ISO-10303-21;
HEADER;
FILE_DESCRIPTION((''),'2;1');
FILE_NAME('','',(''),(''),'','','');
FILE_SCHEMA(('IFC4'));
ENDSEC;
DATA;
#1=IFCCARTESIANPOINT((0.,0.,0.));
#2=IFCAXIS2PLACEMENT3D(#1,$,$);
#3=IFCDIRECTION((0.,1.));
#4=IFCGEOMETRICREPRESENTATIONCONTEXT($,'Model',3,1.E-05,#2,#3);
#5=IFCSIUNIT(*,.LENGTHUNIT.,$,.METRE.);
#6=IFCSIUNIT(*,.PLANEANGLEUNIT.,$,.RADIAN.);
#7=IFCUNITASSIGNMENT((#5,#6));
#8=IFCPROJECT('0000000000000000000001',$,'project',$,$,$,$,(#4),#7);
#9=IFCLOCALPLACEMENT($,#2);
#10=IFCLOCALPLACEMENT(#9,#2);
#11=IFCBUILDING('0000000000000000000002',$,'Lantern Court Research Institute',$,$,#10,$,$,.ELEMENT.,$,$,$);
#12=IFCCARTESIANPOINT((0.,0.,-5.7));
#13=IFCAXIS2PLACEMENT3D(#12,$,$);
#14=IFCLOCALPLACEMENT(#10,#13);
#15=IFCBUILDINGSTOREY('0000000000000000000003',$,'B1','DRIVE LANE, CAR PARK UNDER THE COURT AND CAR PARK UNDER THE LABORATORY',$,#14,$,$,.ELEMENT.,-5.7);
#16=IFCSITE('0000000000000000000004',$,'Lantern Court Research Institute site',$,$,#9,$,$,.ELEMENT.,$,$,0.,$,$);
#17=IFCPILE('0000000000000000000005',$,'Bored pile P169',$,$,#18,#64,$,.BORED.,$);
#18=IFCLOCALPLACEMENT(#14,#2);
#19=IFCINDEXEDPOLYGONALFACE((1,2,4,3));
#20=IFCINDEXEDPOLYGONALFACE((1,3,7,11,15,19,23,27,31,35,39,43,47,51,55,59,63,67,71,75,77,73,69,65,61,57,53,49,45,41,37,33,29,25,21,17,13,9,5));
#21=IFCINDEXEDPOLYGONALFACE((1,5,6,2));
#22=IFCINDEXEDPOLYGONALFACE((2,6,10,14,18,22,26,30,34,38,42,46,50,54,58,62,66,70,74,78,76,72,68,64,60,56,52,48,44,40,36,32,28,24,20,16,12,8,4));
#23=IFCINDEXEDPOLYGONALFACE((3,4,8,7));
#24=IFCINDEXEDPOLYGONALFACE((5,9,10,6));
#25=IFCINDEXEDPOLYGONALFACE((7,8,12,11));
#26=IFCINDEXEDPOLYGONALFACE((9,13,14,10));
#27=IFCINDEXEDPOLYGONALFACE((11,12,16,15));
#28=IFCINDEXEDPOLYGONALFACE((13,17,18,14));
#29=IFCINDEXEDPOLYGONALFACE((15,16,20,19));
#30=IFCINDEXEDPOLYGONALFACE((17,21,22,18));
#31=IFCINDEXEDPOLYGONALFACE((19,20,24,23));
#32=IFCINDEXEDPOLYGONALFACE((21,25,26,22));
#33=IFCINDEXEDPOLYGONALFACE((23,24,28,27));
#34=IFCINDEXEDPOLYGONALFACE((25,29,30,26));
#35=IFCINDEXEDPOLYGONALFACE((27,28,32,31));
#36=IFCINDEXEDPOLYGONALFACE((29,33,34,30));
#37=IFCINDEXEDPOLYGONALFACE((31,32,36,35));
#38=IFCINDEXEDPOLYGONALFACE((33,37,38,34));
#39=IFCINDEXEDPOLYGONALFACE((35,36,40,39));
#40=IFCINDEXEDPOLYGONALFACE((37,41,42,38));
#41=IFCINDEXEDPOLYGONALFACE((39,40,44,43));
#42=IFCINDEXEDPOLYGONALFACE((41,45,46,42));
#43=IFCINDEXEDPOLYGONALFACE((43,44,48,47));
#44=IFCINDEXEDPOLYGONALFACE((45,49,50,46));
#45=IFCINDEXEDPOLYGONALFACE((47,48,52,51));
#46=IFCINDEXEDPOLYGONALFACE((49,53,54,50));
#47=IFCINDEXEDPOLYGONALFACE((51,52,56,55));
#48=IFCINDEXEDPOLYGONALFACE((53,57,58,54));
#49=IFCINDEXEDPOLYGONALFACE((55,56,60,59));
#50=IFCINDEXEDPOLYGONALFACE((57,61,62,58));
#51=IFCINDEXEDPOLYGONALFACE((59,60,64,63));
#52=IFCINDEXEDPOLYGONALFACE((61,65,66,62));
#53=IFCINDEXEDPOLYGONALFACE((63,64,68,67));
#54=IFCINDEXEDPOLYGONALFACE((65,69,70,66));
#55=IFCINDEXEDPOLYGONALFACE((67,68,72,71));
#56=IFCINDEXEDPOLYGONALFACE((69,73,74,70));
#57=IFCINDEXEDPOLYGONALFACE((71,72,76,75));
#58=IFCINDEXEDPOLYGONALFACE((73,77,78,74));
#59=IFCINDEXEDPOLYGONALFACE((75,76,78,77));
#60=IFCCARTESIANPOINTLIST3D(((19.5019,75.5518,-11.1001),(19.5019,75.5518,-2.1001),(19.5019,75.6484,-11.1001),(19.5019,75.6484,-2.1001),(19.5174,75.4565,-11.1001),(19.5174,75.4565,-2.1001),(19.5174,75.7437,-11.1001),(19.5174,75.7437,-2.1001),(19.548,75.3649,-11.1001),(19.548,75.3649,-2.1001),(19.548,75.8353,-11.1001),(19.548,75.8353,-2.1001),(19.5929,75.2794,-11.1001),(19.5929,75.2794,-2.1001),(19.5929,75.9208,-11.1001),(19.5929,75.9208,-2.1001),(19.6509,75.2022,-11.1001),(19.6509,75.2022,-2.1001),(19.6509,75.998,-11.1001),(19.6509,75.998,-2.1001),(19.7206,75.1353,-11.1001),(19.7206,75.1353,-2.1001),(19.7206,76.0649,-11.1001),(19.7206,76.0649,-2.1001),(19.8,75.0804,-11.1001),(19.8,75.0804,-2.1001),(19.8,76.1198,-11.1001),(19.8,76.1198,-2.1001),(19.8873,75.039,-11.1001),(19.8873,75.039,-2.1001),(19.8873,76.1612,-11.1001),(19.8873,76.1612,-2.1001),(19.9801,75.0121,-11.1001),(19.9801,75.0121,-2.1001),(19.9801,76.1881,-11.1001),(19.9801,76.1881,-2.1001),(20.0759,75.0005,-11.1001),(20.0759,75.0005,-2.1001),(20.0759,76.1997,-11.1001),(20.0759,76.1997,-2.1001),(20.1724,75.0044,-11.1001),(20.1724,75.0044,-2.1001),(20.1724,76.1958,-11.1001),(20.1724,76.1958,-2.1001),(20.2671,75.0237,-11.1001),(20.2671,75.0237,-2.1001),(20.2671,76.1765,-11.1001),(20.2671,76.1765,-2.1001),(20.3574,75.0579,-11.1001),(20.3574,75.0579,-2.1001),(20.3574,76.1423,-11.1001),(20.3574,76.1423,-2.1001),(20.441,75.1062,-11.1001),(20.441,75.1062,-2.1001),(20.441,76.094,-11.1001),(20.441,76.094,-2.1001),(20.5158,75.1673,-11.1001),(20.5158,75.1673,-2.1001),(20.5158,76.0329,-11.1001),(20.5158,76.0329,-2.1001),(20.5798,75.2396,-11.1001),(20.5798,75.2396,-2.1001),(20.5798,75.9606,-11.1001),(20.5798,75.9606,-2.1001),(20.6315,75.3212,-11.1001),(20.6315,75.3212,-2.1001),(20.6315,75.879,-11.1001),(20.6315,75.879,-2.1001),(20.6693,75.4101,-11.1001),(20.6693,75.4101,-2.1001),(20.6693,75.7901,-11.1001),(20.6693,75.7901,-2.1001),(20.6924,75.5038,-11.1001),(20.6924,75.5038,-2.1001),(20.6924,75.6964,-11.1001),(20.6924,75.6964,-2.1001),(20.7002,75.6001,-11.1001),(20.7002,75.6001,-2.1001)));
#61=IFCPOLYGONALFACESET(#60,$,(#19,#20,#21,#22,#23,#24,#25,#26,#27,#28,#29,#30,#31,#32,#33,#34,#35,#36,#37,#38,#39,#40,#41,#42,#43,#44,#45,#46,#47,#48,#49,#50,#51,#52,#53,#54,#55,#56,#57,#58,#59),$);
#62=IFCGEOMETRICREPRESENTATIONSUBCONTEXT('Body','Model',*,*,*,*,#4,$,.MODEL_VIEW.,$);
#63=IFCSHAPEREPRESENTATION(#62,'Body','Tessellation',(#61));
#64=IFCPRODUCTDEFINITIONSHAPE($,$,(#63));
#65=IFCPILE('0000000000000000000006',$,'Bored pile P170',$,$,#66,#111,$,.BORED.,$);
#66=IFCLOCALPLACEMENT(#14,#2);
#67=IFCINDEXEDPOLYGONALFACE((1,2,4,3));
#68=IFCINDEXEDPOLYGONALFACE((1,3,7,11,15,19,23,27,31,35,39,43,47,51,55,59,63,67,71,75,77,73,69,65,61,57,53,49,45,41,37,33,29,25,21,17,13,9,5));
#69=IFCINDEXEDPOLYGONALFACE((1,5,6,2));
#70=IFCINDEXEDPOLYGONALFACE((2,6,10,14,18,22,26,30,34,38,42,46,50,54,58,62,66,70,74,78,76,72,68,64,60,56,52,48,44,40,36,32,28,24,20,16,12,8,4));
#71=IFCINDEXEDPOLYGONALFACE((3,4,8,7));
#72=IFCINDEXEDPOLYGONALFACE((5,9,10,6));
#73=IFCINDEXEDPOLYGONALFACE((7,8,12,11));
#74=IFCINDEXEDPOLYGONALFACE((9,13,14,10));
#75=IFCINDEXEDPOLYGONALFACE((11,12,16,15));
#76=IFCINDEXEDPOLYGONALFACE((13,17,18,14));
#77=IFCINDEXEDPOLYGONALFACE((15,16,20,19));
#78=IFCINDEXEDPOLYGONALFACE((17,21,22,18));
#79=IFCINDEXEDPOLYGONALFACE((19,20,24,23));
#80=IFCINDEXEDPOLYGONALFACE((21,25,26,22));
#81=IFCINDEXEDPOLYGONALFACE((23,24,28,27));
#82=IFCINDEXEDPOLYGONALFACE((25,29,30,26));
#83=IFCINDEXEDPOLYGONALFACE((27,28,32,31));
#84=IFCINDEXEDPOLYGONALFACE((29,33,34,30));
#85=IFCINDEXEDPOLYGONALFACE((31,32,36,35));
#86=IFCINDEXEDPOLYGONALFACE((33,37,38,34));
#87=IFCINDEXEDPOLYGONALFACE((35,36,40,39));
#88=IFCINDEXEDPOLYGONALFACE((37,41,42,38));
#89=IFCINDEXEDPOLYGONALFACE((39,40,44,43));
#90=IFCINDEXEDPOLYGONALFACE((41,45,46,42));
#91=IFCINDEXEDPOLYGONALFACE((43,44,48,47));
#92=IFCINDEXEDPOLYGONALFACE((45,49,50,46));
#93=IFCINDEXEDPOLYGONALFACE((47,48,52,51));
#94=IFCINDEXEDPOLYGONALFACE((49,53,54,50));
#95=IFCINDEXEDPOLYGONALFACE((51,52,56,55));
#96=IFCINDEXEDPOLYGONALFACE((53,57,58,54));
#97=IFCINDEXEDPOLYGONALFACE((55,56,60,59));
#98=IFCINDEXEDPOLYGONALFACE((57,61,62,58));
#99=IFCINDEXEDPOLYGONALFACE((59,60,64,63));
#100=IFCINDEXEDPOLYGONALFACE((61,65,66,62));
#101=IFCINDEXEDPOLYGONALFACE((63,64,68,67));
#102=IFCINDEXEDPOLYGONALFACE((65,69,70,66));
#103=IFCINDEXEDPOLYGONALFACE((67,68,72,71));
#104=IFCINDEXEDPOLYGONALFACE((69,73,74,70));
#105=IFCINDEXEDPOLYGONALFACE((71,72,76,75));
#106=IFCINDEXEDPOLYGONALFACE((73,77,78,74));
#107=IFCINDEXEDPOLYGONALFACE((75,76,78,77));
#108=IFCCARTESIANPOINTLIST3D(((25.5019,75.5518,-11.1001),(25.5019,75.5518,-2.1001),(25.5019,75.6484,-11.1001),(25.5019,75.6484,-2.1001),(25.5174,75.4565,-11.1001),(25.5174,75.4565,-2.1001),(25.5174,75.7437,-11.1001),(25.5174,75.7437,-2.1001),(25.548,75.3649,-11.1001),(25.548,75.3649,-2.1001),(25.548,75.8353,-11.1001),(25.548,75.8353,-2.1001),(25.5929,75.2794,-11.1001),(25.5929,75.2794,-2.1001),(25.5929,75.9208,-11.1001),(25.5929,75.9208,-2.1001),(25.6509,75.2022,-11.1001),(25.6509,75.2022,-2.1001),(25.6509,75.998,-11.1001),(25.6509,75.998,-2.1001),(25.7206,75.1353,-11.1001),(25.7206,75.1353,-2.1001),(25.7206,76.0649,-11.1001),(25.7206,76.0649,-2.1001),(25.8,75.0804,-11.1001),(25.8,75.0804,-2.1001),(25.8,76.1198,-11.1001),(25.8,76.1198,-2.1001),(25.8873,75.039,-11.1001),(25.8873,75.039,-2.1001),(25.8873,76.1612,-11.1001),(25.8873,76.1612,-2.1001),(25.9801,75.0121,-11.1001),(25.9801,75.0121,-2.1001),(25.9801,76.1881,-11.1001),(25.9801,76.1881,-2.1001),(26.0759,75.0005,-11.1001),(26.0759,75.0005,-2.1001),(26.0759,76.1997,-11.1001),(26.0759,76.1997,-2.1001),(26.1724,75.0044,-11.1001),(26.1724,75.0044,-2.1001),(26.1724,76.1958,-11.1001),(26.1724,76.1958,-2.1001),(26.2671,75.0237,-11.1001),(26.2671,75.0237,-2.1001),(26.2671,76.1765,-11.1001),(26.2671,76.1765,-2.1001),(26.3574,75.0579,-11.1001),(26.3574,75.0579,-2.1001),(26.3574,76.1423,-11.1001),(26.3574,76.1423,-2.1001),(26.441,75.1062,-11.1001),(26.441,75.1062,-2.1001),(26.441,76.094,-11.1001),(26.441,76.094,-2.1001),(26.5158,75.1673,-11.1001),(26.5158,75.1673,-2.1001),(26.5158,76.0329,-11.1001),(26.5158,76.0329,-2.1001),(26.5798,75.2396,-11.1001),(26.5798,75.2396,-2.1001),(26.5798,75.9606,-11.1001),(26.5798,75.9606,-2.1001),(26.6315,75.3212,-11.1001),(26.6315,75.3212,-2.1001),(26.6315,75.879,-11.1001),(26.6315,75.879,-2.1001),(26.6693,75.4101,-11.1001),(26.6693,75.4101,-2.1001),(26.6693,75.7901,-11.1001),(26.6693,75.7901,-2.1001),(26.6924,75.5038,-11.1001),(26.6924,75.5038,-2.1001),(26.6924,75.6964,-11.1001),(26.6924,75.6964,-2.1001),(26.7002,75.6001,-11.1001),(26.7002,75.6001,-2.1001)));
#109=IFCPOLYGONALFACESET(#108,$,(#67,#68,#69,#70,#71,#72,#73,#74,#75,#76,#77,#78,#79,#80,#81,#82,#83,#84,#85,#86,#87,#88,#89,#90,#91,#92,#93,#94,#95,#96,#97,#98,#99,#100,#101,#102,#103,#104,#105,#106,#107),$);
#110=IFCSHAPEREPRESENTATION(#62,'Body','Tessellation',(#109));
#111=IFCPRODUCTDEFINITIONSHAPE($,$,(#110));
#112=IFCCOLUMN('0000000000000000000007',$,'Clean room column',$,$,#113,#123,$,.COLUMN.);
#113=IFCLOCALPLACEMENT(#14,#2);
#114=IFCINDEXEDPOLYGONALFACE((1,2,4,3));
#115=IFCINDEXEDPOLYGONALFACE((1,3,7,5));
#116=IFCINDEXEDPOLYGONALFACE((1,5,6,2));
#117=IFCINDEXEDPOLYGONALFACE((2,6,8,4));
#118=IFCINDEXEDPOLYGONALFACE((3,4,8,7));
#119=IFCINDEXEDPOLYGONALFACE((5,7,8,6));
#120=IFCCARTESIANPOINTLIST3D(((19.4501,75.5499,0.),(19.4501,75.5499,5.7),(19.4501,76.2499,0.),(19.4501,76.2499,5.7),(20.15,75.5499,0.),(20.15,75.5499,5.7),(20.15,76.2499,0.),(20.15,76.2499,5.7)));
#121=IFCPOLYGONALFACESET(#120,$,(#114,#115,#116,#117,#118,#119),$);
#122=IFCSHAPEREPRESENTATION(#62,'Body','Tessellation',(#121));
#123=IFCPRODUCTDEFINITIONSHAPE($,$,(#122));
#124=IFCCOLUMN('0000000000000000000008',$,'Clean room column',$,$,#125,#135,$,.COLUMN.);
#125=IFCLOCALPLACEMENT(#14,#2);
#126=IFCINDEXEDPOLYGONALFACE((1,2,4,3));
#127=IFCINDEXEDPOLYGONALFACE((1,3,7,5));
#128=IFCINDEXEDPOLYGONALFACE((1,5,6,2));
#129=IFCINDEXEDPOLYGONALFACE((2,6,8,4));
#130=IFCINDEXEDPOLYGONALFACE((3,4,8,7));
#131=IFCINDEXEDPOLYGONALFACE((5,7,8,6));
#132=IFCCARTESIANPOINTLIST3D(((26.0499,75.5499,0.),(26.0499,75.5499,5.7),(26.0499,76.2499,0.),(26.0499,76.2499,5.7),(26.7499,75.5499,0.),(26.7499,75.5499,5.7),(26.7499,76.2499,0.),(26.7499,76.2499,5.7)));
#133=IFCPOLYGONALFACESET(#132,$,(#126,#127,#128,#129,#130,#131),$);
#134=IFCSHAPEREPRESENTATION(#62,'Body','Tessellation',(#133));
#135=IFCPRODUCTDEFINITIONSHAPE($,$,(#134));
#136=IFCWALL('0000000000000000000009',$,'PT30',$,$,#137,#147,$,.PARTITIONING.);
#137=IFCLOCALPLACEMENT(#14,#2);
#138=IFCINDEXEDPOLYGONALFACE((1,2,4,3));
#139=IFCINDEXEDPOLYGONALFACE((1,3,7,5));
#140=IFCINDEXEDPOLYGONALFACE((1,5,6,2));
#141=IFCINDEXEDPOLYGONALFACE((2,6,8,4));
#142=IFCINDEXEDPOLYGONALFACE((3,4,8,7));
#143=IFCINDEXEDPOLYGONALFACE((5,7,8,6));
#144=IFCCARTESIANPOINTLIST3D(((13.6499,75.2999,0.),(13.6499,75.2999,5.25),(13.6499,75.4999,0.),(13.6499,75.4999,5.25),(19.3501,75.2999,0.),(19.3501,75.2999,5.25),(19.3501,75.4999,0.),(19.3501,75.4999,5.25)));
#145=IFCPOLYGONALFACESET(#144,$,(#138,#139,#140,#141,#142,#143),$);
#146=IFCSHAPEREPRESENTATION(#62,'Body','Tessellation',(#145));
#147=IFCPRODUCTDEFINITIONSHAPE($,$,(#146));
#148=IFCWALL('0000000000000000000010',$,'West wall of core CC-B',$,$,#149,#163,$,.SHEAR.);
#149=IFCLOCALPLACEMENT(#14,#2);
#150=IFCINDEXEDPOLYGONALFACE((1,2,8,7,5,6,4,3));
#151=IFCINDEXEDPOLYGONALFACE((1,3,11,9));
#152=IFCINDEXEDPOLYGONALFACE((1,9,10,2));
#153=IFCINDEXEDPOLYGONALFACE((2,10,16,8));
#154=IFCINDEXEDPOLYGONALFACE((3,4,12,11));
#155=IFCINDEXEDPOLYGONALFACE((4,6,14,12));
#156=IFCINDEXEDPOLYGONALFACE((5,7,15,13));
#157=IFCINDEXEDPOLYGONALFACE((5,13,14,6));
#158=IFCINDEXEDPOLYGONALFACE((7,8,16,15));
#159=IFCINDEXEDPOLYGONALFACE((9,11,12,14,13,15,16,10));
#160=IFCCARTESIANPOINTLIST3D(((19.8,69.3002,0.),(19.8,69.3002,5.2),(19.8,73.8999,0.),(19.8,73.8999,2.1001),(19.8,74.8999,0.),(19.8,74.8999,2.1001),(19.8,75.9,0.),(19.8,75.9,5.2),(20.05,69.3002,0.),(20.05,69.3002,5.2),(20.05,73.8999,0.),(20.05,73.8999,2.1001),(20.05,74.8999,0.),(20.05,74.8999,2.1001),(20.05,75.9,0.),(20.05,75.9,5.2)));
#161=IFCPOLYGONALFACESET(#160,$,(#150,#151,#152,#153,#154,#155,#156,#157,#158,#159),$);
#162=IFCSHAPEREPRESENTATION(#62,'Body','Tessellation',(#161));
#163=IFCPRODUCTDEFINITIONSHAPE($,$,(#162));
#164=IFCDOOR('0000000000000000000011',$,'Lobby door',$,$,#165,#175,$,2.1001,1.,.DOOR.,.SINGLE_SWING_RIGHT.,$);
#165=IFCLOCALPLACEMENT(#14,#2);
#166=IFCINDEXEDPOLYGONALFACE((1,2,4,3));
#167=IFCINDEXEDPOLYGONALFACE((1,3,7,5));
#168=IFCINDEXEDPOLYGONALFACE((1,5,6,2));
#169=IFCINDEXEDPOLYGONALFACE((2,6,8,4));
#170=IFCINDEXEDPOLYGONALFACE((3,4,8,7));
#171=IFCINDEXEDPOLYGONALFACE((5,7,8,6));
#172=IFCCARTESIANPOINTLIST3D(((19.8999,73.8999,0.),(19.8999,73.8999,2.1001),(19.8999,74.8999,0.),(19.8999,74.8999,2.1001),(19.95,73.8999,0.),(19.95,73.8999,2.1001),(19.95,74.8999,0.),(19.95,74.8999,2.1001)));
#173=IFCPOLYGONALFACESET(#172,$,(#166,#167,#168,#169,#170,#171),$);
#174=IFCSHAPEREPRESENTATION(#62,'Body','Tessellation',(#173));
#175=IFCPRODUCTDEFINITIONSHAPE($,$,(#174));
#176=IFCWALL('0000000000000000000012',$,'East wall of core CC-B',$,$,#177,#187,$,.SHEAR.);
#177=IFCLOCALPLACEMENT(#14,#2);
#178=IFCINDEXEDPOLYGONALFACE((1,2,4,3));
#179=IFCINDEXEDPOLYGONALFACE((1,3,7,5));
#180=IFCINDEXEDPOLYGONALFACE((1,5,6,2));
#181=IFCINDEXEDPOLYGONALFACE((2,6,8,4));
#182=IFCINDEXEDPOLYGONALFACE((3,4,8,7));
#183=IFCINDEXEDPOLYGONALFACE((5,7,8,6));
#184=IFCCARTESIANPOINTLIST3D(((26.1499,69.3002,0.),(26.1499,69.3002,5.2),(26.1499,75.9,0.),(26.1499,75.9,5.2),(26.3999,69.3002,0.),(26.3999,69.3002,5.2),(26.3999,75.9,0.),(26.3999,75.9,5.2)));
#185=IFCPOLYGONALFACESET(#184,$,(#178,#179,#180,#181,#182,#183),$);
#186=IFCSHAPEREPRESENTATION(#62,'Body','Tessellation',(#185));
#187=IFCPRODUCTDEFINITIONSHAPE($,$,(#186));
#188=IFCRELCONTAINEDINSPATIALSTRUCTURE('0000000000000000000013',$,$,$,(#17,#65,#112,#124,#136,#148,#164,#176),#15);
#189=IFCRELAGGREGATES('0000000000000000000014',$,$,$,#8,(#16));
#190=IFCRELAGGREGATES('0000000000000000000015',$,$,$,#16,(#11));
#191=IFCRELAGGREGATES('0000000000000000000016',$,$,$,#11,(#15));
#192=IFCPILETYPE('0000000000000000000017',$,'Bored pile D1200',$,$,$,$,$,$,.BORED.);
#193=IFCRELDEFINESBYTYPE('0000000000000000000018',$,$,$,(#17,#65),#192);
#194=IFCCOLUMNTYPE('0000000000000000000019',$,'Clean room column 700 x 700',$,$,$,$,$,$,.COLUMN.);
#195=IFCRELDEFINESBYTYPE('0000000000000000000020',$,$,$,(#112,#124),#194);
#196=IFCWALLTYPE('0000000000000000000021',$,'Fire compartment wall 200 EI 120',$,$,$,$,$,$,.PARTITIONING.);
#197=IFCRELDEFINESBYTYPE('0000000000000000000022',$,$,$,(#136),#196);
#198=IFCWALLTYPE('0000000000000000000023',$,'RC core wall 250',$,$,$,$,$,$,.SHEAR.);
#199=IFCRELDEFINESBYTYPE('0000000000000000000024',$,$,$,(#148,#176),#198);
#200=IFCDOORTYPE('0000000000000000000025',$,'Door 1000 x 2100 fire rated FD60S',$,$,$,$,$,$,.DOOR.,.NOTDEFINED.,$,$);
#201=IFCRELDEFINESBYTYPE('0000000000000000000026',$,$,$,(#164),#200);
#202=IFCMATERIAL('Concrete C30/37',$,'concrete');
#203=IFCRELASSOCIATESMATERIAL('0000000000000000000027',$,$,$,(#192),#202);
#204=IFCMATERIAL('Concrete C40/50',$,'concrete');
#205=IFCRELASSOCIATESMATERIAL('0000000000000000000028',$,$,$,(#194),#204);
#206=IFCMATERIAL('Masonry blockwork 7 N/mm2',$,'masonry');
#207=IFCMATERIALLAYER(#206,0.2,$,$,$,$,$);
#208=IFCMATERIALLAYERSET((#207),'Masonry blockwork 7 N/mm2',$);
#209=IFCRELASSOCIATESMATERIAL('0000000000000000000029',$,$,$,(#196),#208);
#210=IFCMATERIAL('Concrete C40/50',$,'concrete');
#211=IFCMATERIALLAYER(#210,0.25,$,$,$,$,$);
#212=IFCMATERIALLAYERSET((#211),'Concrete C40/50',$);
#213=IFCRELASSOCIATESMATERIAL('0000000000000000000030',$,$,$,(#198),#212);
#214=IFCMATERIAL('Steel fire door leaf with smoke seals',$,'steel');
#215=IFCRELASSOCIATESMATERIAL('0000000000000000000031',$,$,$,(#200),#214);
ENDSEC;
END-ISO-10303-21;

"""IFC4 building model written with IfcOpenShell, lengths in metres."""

from ifc_helpers import new_model, si_unit, direction, frame, frame_2d, origin, origin_2d, place, context, subcontext, project, spatial, rectangle, circle, extrude, material, layer, layer_set, material_profile, profile_set, type_object, element, fill, save


model = new_model("IFC4")

# Units and contexts
model_context = context("Model", 3, precision=1e-05, world=origin(), true_north=direction((0.0, 1.0)))
body_context = subcontext(model_context, "Body", "Model", "MODEL_VIEW")
ifc_project = project(units=[si_unit("LENGTHUNIT", "METRE"), si_unit("PLANEANGLEUNIT", "RADIAN")], contexts=[model_context])

# Site, building, storey
site_placement = place(None, origin())
site = spatial("IfcSite", under=ifc_project, at=site_placement, Name="Lantern Court Research Institute site", CompositionType="ELEMENT", RefElevation=0.0)
building_placement = place(site_placement, origin())
building = spatial("IfcBuilding", under=site, at=building_placement, Name="Lantern Court Research Institute", CompositionType="ELEMENT")
storey_placement = place(building_placement, frame((0.0, 0.0, -5.7)))
storey = spatial("IfcBuildingStorey", under=building, at=storey_placement, Name="B1", Description="DRIVE LANE, CAR PARK UNDER THE COURT AND CAR PARK UNDER THE LABORATORY", CompositionType="ELEMENT", Elevation=-5.7)

# Piles
ifc_material_1 = material(Name="Concrete C30/37", Category="concrete")
ifc_material_profile_1 = material_profile(ifc_material_1, circle(Radius=0.6001, at=origin_2d()), Name="Bored pile D1200")
ifc_profile_set_1 = profile_set([ifc_material_profile_1], Name="Concrete C30/37")
pile_type = type_object("IfcPileType", Name="Bored pile D1200", PredefinedType="BORED", material=ifc_profile_set_1)
for number, where, z_axis, x_axis, name in (
    (1, (20.1001, 75.6001, -2.1001), (0.0, 0.0, -1.0), (1.0, 0.0, 0.0), "Bored pile P169"),
    (2, (26.1001, 75.6001, -2.1001), (0.0, 0.0, -1.0), (1.0, 0.0, 0.0), "Bored pile P170"),
):
    element("IfcPile", number, at=place(storey_placement, frame(where, z_axis=z_axis, x_axis=x_axis)), inside=storey, type_object=pile_type, Name=name, PredefinedType="BORED", context=body_context, shape_type="SweptSolid", body=[
        extrude(circle(Radius=0.6001, at=origin_2d()), origin(), (0.0, 0.0, 1.0), 9.0),
    ])

# Columns
ifc_material_2 = material(Name="Concrete C40/50", Category="concrete")
ifc_material_profile_2 = material_profile(ifc_material_2, rectangle(XDim=0.7, YDim=0.7, at=origin_2d()), Name="Clean room column 700 x 700")
ifc_profile_set_2 = profile_set([ifc_material_profile_2], Name="Concrete C40/50")
column_type = type_object("IfcColumnType", Name="Clean room column 700 x 700", PredefinedType="COLUMN", material=ifc_profile_set_2)
for number, where, z_axis, x_axis, name in (
    (3, (19.8, 75.8999, 0.0), (0.0, 0.0, 1.0), (1.0, 0.0, 0.0), "Clean room column"),
    (4, (26.3999, 75.8999, 0.0), (0.0, 0.0, 1.0), (1.0, 0.0, 0.0), "Clean room column"),
):
    element("IfcColumn", number, at=place(storey_placement, frame(where, z_axis=z_axis, x_axis=x_axis)), inside=storey, type_object=column_type, Name=name, PredefinedType="COLUMN", context=body_context, shape_type="SweptSolid", body=[
        extrude(rectangle(XDim=0.7, YDim=0.7, at=origin_2d()), origin(), (0.0, 0.0, 1.0), 5.7),
    ])

# Wall
ifc_material_3 = material(Name="Masonry blockwork 7 N/mm2", Category="masonry")
ifc_layer_1 = layer(ifc_material_3, 0.2)
ifc_layer_set_1 = layer_set([ifc_layer_1], Name="Masonry blockwork 7 N/mm2")
wall_type_1 = type_object("IfcWallType", Name="Fire compartment wall 200 EI 120", PredefinedType="PARTITIONING", material=ifc_layer_set_1)
wall_1_placement = place(storey_placement, frame((13.6499, 75.3999, 0.0), z_axis=(0.0, 0.0, 1.0), x_axis=(1.0, 0.0, 0.0)))
element("IfcWall", 5, at=wall_1_placement, inside=storey, type_object=wall_type_1, Name="PT30", PredefinedType="PARTITIONING", context=body_context, shape_type="SweptSolid", body=[
    extrude(rectangle(XDim=5.7002, YDim=0.2, at=frame_2d((2.8501, 0.0))), origin(), (0.0, 0.0, 1.0), 5.25),
])

# Wall, opening, door
ifc_material_4 = material(Name="Concrete C40/50", Category="concrete")
ifc_layer_2 = layer(ifc_material_4, 0.25)
ifc_layer_set_2 = layer_set([ifc_layer_2], Name="Concrete C40/50")
wall_type_2 = type_object("IfcWallType", Name="RC core wall 250", PredefinedType="SHEAR", material=ifc_layer_set_2)
wall_2_placement = place(storey_placement, frame((19.925, 75.8999, 0.0), z_axis=(0.0, 0.0, 1.0), x_axis=(0.0, -1.0, 0.0)))
wall_2 = element("IfcWall", 6, at=wall_2_placement, inside=storey, type_object=wall_type_2, Name="West wall of core CC-B", PredefinedType="SHEAR", context=body_context, shape_type="SweptSolid", body=[
    extrude(rectangle(XDim=6.5999, YDim=0.25, at=frame_2d((3.2998, 0.0))), origin(), (0.0, 0.0, 1.0), 5.2),
])
opening_1_placement = place(wall_2_placement, frame((1.0, 0.0, 0.0)))
opening_1 = element("IfcOpeningElement", 7, at=opening_1_placement, cuts=wall_2, PredefinedType="OPENING", context=body_context, shape_type="SweptSolid", body=[
    extrude(rectangle(XDim=1.0, YDim=2.1001, at=frame_2d((0.5, 1.05))), frame((0.0, 0.135, 0.0), z_axis=(0.0, -1.0, 0.0), x_axis=(1.0, 0.0, 0.0)), (0.0, 0.0, 1.0), 0.27),
])
ifc_material_5 = material(Name="Steel fire door leaf with smoke seals", Category="steel")
door_type = type_object("IfcDoorType", Name="Door 1000 x 2100 fire rated FD60S", OperationType="NOTDEFINED", PredefinedType="DOOR", material=ifc_material_5)
door_1_placement = place(opening_1_placement, origin())
door_1 = element("IfcDoor", 8, at=door_1_placement, inside=storey, type_object=door_type, Name="Lobby door", OperationType="SINGLE_SWING_RIGHT", OverallHeight=2.1001, OverallWidth=1.0, PredefinedType="DOOR", context=body_context, shape_type="SweptSolid", body=[
    extrude(rectangle(XDim=1.0, YDim=2.1001, at=frame_2d((0.5, 1.05))), frame((0.0, 0.0249, 0.0), z_axis=(0.0, -1.0, 0.0), x_axis=(1.0, 0.0, 0.0)), (0.0, 0.0, 1.0), 0.05),
])
fill(opening_1, door_1)

# Wall
wall_3_placement = place(storey_placement, frame((26.2749, 75.8999, 0.0), z_axis=(0.0, 0.0, 1.0), x_axis=(0.0, -1.0, 0.0)))
element("IfcWall", 9, at=wall_3_placement, inside=storey, type_object=wall_type_2, Name="East wall of core CC-B", PredefinedType="SHEAR", context=body_context, shape_type="SweptSolid", body=[
    extrude(rectangle(XDim=6.5999, YDim=0.25, at=frame_2d((3.2998, 0.0))), origin(), (0.0, 0.0, 1.0), 5.2),
])

save(model, "model.ifc")
